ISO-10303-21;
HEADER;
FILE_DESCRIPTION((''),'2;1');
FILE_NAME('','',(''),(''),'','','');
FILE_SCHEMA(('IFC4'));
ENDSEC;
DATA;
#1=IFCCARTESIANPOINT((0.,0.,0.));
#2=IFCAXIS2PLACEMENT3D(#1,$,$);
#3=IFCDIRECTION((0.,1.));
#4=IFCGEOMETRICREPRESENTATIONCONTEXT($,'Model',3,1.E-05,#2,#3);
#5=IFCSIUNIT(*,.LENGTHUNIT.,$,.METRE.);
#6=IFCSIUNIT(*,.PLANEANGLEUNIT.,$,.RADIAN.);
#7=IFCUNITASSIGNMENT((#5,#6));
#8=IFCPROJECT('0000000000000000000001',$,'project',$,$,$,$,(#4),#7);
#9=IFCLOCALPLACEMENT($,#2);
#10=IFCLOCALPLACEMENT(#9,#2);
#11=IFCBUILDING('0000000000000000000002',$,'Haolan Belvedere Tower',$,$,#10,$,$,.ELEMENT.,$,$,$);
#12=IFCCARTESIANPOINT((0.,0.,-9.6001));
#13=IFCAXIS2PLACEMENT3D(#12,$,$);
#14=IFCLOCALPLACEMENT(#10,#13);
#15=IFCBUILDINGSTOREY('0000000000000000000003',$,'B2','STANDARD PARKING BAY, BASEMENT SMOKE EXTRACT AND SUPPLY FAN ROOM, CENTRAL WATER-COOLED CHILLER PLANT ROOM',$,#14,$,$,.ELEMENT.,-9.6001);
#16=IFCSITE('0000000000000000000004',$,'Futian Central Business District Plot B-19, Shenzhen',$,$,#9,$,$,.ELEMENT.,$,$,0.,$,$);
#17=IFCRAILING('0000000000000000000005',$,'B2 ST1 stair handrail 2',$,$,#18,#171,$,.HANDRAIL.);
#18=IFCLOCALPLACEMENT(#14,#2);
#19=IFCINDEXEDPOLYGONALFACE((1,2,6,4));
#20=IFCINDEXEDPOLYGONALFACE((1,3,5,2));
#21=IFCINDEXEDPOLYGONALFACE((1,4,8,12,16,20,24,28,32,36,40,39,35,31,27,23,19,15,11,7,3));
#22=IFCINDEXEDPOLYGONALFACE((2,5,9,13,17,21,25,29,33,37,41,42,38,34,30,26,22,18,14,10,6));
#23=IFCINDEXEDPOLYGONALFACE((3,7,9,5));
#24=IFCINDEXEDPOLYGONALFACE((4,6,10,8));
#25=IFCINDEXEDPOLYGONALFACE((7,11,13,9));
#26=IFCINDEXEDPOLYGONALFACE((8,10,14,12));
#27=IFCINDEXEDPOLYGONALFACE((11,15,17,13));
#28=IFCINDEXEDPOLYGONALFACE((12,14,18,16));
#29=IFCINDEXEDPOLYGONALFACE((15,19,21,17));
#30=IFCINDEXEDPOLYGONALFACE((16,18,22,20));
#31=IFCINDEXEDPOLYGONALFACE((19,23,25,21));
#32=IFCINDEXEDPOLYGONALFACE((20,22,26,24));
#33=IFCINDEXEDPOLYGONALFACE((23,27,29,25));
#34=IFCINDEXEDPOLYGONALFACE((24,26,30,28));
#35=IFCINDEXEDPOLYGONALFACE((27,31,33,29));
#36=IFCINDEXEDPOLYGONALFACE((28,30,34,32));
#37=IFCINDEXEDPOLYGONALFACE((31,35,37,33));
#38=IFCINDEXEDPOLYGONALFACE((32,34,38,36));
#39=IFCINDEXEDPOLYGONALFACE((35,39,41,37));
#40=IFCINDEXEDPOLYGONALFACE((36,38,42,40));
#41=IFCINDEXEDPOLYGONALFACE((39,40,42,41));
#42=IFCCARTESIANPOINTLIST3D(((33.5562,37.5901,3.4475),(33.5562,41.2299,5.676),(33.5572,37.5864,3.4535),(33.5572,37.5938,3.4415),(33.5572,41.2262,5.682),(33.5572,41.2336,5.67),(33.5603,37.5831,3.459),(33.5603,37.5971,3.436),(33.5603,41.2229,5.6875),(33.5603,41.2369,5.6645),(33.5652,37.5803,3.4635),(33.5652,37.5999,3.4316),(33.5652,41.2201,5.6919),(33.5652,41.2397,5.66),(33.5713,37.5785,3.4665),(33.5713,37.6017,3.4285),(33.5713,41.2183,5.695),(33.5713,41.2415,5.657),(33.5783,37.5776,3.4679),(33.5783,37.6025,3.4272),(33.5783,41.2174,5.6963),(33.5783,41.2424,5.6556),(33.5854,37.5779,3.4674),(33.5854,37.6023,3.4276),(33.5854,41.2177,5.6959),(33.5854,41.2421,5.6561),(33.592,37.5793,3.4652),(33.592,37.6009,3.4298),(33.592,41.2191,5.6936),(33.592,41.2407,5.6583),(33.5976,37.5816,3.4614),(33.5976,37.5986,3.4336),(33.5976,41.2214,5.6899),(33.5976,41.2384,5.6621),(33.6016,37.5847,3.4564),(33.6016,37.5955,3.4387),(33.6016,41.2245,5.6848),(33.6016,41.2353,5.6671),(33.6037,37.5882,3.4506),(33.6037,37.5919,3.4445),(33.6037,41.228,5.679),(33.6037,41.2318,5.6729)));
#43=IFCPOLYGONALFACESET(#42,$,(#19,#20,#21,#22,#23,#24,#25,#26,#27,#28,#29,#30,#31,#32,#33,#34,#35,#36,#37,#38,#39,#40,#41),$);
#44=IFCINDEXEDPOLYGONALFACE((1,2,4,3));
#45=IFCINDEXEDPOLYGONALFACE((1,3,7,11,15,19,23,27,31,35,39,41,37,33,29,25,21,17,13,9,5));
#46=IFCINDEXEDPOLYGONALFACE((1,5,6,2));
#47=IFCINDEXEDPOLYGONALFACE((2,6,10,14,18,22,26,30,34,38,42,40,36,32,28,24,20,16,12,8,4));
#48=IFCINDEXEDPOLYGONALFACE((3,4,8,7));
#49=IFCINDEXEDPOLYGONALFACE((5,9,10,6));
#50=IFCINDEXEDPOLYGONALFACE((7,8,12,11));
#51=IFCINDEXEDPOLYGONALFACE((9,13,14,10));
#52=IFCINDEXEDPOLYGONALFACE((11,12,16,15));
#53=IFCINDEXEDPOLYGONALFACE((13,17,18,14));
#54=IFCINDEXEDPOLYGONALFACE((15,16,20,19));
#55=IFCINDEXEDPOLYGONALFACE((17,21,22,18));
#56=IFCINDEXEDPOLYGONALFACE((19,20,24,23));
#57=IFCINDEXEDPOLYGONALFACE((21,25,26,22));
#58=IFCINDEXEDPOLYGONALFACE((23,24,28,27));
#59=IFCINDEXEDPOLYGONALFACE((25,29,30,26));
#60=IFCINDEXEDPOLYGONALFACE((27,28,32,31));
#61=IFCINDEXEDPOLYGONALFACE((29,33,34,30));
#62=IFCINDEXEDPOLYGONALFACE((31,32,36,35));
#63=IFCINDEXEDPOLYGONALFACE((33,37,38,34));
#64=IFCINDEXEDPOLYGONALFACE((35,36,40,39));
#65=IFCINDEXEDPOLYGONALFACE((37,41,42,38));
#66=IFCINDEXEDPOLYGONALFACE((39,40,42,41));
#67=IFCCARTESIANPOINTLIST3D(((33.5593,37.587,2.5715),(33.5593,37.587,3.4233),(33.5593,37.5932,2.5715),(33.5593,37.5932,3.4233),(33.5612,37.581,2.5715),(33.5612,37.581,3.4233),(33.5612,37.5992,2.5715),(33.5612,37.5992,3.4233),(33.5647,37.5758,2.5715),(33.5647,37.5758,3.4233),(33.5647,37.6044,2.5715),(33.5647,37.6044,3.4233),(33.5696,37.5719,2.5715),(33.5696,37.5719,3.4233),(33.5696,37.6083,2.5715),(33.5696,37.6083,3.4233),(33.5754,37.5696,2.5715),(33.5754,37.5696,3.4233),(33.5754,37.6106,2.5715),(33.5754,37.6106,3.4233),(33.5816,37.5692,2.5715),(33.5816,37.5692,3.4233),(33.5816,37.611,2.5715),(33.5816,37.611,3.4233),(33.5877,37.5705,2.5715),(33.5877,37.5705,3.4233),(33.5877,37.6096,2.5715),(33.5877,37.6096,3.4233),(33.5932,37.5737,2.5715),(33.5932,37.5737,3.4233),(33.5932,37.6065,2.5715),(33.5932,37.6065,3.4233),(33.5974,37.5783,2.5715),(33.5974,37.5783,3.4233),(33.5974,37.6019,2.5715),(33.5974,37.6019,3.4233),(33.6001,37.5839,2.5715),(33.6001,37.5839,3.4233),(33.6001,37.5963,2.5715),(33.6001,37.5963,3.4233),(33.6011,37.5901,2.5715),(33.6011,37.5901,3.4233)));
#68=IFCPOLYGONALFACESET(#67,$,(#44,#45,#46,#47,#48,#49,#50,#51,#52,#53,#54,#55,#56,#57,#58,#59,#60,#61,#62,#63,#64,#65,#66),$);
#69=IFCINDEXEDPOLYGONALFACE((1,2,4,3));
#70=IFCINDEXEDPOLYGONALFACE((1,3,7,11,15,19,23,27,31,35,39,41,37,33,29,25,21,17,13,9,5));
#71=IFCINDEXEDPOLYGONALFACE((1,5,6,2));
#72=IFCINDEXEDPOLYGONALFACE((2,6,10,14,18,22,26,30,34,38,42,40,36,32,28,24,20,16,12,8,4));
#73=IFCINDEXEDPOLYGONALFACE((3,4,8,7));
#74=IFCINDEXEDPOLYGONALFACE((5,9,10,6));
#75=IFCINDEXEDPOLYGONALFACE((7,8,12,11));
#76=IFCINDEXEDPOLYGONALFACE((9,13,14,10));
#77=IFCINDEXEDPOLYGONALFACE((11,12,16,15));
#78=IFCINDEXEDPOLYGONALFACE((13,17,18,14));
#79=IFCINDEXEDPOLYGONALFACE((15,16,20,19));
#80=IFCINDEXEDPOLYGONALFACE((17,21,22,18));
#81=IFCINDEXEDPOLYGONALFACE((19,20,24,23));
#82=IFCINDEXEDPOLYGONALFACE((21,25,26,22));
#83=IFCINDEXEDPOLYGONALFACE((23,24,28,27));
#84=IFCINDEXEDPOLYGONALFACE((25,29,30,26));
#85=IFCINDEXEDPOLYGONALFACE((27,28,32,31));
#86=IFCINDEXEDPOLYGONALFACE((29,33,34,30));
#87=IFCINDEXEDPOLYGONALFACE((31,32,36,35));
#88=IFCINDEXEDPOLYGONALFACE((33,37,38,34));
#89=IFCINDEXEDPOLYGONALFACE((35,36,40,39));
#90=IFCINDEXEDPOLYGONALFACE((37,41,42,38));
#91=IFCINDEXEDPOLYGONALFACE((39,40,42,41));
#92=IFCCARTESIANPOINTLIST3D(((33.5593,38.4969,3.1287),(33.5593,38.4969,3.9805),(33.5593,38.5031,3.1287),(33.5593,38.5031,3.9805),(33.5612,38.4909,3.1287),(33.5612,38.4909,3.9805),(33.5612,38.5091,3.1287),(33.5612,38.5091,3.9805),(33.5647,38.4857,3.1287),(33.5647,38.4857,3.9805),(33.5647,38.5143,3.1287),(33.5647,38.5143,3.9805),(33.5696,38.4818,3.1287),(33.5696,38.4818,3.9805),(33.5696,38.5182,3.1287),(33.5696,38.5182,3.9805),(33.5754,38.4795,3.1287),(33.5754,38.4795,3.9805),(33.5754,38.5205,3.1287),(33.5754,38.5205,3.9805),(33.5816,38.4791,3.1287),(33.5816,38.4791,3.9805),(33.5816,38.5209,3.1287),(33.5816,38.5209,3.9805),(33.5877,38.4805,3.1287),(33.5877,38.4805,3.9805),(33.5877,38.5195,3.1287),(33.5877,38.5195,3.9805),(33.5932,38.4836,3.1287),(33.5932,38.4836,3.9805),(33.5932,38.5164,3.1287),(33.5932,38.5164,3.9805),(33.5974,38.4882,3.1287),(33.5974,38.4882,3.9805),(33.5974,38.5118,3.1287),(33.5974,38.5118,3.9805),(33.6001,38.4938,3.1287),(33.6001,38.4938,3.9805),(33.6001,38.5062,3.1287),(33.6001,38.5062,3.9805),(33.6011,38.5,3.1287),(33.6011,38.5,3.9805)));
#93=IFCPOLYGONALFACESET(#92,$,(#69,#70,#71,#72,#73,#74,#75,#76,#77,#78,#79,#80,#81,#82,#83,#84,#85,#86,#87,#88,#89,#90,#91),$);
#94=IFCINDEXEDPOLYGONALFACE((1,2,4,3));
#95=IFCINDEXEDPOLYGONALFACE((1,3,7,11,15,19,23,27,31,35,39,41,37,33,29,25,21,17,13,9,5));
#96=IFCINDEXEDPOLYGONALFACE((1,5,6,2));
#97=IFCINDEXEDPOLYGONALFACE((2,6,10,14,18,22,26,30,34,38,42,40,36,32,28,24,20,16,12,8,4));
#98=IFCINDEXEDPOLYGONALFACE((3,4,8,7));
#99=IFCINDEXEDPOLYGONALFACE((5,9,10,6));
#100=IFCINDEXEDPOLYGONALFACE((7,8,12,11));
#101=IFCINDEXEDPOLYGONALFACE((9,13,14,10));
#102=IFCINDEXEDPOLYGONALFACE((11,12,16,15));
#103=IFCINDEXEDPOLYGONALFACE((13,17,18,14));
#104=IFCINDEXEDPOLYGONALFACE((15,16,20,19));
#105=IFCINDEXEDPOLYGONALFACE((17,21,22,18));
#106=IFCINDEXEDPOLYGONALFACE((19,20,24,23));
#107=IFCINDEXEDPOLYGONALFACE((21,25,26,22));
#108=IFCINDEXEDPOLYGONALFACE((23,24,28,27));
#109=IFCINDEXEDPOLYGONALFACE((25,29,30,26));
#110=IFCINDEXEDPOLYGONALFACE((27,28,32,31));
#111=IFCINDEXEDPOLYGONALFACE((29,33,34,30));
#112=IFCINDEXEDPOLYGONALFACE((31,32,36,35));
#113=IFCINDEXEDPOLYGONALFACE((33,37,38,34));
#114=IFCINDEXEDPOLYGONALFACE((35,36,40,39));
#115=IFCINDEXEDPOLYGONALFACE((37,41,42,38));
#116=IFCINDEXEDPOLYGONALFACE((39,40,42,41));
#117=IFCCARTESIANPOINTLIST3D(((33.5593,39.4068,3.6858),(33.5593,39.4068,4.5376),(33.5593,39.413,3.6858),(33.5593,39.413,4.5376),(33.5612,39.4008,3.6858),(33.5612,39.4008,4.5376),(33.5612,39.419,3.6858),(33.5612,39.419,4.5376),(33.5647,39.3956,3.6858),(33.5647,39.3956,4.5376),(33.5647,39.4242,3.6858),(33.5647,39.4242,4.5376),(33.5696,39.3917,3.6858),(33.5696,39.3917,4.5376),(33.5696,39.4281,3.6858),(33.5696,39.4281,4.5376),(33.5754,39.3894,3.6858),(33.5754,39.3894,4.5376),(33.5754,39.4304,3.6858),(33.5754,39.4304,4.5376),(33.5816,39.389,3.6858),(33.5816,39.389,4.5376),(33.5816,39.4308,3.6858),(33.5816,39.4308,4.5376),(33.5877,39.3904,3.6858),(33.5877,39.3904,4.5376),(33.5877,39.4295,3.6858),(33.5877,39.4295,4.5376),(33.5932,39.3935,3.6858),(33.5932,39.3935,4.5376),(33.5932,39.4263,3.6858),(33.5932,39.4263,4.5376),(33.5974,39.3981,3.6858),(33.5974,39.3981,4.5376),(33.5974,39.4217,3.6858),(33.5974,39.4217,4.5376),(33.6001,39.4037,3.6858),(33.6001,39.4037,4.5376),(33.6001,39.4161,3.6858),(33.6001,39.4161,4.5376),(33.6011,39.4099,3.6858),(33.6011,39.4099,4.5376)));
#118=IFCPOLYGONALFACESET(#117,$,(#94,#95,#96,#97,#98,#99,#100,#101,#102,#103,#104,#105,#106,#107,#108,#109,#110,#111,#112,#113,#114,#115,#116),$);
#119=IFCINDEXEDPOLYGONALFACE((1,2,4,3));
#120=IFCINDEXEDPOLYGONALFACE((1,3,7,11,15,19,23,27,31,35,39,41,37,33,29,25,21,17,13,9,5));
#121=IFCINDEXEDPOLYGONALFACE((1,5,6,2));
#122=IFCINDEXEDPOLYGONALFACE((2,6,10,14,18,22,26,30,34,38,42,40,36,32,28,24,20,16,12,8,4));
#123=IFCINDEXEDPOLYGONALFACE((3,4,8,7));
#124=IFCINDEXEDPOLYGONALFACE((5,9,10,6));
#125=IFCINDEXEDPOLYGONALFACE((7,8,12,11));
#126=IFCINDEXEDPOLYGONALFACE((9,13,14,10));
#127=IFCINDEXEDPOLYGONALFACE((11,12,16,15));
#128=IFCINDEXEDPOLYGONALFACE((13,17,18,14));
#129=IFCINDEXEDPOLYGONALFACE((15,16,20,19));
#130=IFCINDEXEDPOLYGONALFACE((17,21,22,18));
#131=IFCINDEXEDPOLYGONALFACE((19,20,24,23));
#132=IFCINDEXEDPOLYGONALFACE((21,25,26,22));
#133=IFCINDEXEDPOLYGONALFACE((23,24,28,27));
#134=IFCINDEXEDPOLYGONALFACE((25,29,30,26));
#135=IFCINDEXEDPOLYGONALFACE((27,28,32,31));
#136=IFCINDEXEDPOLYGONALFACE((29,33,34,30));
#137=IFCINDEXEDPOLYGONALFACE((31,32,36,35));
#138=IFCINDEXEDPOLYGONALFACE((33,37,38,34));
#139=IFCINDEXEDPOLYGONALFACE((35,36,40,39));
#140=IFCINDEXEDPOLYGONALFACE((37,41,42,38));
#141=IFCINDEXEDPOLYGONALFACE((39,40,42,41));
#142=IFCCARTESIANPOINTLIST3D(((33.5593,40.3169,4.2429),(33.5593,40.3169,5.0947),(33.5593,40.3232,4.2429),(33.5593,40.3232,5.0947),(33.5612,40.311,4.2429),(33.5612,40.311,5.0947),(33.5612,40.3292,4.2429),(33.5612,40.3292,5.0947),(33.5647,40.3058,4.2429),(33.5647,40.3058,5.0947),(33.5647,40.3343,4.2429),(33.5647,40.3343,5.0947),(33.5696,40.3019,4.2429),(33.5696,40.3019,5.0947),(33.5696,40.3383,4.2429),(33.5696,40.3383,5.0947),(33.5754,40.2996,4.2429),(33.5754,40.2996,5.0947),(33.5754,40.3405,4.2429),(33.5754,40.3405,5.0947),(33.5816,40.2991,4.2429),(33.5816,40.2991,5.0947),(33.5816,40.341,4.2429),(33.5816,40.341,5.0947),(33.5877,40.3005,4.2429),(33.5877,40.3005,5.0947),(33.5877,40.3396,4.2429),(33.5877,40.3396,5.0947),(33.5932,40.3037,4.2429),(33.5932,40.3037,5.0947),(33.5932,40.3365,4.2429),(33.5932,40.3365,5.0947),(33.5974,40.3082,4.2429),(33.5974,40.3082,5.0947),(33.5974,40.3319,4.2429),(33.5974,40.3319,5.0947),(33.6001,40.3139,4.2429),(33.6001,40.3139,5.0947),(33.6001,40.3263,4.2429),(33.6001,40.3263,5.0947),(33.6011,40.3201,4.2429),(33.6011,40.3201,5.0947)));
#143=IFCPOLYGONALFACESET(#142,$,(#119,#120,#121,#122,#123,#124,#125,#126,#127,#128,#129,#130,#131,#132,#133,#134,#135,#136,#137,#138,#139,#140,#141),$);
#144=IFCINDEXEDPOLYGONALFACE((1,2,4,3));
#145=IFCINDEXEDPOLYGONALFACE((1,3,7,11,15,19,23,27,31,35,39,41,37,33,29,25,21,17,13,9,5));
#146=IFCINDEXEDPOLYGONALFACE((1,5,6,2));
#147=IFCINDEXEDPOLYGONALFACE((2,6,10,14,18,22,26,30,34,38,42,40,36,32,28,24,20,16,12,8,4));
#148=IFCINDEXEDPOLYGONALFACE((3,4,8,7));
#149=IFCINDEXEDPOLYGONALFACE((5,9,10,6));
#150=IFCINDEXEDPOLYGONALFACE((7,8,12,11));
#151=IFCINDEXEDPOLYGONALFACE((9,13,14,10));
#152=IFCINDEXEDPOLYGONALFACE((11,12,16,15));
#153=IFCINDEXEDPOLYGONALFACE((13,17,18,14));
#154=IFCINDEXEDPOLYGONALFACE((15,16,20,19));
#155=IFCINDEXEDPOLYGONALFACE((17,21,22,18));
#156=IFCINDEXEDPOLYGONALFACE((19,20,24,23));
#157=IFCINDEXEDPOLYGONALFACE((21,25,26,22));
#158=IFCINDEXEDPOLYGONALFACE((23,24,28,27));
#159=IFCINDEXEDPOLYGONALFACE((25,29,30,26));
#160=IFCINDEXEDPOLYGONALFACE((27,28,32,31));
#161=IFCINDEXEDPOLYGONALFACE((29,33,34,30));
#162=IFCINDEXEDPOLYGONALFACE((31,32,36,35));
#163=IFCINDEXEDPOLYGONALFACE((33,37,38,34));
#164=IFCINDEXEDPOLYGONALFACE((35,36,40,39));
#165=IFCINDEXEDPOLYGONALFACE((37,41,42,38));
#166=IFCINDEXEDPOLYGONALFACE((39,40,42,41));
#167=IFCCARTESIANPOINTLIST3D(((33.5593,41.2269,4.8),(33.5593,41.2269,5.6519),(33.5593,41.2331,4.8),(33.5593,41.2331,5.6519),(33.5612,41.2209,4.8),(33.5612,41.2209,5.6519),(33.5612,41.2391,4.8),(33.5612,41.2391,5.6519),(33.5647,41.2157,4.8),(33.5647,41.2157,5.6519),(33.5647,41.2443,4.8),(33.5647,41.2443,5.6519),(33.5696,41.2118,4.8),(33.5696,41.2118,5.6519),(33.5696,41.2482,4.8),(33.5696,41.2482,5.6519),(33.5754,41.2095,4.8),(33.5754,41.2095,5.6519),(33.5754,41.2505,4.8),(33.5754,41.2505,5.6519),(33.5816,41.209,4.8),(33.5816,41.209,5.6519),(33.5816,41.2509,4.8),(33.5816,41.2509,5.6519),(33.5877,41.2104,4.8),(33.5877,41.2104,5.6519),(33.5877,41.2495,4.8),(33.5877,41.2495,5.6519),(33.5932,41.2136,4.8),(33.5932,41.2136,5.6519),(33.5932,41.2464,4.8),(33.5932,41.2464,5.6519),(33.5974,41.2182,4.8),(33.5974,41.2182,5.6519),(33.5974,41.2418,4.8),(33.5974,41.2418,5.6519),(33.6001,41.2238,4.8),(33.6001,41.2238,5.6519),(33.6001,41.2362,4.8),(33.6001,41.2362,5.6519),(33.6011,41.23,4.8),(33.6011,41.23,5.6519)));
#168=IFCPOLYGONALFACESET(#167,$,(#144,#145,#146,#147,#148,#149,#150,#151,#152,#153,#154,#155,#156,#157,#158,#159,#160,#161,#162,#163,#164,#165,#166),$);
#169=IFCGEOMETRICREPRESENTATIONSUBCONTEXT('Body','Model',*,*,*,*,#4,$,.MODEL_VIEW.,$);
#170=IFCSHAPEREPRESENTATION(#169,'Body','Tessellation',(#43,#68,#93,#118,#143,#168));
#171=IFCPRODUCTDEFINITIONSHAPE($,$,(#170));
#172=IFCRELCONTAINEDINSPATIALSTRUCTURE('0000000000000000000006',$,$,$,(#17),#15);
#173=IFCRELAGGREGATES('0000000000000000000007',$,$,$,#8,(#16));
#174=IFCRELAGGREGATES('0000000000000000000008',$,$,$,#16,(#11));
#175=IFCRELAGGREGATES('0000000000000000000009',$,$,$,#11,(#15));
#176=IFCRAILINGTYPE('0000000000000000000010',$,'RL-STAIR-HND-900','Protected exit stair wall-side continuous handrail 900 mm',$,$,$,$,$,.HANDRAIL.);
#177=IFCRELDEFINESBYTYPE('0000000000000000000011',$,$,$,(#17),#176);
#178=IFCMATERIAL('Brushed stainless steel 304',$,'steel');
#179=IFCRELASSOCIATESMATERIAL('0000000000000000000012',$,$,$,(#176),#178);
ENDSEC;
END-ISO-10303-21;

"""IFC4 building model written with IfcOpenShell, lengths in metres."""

from ifc_helpers import new_model, si_unit, direction, frame, origin, origin_2d, place, context, subcontext, project, spatial, circle, extrude, material, type_object, element, save


model = new_model("IFC4")

# Units and contexts
model_context = context("Model", 3, precision=1e-05, world=origin(), true_north=direction((0.0, 1.0)))
body_context = subcontext(model_context, "Body", "Model", "MODEL_VIEW")
ifc_project = project(units=[si_unit("LENGTHUNIT", "METRE"), si_unit("PLANEANGLEUNIT", "RADIAN")], contexts=[model_context])

# Site, building, storey
site_placement = place(None, origin())
site = spatial("IfcSite", under=ifc_project, at=site_placement, Name="Futian Central Business District Plot B-19, Shenzhen", CompositionType="ELEMENT", RefElevation=0.0)
building_placement = place(site_placement, origin())
building = spatial("IfcBuilding", under=site, at=building_placement, Name="Haolan Belvedere Tower", CompositionType="ELEMENT")
storey_placement = place(building_placement, frame((0.0, 0.0, -9.6001)))
storey = spatial("IfcBuildingStorey", under=building, at=storey_placement, Name="B2", Description="STANDARD PARKING BAY, BASEMENT SMOKE EXTRACT AND SUPPLY FAN ROOM, CENTRAL WATER-COOLED CHILLER PLANT ROOM", CompositionType="ELEMENT", Elevation=-9.6001)

# Railing
ifc_material_1 = material(Name="Brushed stainless steel 304", Category="steel")
railing_type_1 = type_object("IfcRailingType", Name="RL-STAIR-HND-900", Description="Protected exit stair wall-side continuous handrail 900 mm", PredefinedType="HANDRAIL", material=ifc_material_1)
for number, where, name in (
    (1, (33.5801, 37.5901, 2.5715), "B2 ST1 stair handrail 2"),
):
    element("IfcRailing", number, at=place(storey_placement, frame(where)), inside=storey, type_object=railing_type_1, Name=name, PredefinedType="HANDRAIL", context=body_context, shape_type="SweptSolid", body=[
        extrude(circle(Radius=0.0239, at=origin_2d()), frame((0.0, 0.0, 0.876), z_axis=(0.0, 0.85285, 0.522156), x_axis=(-1.0, 0.0, 0.0)), (0.0, 0.0, 1.0), 4.2678),
        extrude(circle(Radius=0.021, at=origin_2d()), origin(), (0.0, 0.0, 1.0), 0.8518),
        extrude(circle(Radius=0.021, at=origin_2d()), frame((0.0, 0.9099, 0.5571)), (0.0, 0.0, 1.0), 0.8518),
        extrude(circle(Radius=0.021, at=origin_2d()), frame((0.0, 1.8198, 1.1143)), (0.0, 0.0, 1.0), 0.8518),
        extrude(circle(Radius=0.021, at=origin_2d()), frame((0.0, 2.73, 1.6714)), (0.0, 0.0, 1.0), 0.8518),
        extrude(circle(Radius=0.021, at=origin_2d()), frame((0.0, 3.6399, 2.2285)), (0.0, 0.0, 1.0), 0.8518),
    ])

save(model, "model.ifc")
